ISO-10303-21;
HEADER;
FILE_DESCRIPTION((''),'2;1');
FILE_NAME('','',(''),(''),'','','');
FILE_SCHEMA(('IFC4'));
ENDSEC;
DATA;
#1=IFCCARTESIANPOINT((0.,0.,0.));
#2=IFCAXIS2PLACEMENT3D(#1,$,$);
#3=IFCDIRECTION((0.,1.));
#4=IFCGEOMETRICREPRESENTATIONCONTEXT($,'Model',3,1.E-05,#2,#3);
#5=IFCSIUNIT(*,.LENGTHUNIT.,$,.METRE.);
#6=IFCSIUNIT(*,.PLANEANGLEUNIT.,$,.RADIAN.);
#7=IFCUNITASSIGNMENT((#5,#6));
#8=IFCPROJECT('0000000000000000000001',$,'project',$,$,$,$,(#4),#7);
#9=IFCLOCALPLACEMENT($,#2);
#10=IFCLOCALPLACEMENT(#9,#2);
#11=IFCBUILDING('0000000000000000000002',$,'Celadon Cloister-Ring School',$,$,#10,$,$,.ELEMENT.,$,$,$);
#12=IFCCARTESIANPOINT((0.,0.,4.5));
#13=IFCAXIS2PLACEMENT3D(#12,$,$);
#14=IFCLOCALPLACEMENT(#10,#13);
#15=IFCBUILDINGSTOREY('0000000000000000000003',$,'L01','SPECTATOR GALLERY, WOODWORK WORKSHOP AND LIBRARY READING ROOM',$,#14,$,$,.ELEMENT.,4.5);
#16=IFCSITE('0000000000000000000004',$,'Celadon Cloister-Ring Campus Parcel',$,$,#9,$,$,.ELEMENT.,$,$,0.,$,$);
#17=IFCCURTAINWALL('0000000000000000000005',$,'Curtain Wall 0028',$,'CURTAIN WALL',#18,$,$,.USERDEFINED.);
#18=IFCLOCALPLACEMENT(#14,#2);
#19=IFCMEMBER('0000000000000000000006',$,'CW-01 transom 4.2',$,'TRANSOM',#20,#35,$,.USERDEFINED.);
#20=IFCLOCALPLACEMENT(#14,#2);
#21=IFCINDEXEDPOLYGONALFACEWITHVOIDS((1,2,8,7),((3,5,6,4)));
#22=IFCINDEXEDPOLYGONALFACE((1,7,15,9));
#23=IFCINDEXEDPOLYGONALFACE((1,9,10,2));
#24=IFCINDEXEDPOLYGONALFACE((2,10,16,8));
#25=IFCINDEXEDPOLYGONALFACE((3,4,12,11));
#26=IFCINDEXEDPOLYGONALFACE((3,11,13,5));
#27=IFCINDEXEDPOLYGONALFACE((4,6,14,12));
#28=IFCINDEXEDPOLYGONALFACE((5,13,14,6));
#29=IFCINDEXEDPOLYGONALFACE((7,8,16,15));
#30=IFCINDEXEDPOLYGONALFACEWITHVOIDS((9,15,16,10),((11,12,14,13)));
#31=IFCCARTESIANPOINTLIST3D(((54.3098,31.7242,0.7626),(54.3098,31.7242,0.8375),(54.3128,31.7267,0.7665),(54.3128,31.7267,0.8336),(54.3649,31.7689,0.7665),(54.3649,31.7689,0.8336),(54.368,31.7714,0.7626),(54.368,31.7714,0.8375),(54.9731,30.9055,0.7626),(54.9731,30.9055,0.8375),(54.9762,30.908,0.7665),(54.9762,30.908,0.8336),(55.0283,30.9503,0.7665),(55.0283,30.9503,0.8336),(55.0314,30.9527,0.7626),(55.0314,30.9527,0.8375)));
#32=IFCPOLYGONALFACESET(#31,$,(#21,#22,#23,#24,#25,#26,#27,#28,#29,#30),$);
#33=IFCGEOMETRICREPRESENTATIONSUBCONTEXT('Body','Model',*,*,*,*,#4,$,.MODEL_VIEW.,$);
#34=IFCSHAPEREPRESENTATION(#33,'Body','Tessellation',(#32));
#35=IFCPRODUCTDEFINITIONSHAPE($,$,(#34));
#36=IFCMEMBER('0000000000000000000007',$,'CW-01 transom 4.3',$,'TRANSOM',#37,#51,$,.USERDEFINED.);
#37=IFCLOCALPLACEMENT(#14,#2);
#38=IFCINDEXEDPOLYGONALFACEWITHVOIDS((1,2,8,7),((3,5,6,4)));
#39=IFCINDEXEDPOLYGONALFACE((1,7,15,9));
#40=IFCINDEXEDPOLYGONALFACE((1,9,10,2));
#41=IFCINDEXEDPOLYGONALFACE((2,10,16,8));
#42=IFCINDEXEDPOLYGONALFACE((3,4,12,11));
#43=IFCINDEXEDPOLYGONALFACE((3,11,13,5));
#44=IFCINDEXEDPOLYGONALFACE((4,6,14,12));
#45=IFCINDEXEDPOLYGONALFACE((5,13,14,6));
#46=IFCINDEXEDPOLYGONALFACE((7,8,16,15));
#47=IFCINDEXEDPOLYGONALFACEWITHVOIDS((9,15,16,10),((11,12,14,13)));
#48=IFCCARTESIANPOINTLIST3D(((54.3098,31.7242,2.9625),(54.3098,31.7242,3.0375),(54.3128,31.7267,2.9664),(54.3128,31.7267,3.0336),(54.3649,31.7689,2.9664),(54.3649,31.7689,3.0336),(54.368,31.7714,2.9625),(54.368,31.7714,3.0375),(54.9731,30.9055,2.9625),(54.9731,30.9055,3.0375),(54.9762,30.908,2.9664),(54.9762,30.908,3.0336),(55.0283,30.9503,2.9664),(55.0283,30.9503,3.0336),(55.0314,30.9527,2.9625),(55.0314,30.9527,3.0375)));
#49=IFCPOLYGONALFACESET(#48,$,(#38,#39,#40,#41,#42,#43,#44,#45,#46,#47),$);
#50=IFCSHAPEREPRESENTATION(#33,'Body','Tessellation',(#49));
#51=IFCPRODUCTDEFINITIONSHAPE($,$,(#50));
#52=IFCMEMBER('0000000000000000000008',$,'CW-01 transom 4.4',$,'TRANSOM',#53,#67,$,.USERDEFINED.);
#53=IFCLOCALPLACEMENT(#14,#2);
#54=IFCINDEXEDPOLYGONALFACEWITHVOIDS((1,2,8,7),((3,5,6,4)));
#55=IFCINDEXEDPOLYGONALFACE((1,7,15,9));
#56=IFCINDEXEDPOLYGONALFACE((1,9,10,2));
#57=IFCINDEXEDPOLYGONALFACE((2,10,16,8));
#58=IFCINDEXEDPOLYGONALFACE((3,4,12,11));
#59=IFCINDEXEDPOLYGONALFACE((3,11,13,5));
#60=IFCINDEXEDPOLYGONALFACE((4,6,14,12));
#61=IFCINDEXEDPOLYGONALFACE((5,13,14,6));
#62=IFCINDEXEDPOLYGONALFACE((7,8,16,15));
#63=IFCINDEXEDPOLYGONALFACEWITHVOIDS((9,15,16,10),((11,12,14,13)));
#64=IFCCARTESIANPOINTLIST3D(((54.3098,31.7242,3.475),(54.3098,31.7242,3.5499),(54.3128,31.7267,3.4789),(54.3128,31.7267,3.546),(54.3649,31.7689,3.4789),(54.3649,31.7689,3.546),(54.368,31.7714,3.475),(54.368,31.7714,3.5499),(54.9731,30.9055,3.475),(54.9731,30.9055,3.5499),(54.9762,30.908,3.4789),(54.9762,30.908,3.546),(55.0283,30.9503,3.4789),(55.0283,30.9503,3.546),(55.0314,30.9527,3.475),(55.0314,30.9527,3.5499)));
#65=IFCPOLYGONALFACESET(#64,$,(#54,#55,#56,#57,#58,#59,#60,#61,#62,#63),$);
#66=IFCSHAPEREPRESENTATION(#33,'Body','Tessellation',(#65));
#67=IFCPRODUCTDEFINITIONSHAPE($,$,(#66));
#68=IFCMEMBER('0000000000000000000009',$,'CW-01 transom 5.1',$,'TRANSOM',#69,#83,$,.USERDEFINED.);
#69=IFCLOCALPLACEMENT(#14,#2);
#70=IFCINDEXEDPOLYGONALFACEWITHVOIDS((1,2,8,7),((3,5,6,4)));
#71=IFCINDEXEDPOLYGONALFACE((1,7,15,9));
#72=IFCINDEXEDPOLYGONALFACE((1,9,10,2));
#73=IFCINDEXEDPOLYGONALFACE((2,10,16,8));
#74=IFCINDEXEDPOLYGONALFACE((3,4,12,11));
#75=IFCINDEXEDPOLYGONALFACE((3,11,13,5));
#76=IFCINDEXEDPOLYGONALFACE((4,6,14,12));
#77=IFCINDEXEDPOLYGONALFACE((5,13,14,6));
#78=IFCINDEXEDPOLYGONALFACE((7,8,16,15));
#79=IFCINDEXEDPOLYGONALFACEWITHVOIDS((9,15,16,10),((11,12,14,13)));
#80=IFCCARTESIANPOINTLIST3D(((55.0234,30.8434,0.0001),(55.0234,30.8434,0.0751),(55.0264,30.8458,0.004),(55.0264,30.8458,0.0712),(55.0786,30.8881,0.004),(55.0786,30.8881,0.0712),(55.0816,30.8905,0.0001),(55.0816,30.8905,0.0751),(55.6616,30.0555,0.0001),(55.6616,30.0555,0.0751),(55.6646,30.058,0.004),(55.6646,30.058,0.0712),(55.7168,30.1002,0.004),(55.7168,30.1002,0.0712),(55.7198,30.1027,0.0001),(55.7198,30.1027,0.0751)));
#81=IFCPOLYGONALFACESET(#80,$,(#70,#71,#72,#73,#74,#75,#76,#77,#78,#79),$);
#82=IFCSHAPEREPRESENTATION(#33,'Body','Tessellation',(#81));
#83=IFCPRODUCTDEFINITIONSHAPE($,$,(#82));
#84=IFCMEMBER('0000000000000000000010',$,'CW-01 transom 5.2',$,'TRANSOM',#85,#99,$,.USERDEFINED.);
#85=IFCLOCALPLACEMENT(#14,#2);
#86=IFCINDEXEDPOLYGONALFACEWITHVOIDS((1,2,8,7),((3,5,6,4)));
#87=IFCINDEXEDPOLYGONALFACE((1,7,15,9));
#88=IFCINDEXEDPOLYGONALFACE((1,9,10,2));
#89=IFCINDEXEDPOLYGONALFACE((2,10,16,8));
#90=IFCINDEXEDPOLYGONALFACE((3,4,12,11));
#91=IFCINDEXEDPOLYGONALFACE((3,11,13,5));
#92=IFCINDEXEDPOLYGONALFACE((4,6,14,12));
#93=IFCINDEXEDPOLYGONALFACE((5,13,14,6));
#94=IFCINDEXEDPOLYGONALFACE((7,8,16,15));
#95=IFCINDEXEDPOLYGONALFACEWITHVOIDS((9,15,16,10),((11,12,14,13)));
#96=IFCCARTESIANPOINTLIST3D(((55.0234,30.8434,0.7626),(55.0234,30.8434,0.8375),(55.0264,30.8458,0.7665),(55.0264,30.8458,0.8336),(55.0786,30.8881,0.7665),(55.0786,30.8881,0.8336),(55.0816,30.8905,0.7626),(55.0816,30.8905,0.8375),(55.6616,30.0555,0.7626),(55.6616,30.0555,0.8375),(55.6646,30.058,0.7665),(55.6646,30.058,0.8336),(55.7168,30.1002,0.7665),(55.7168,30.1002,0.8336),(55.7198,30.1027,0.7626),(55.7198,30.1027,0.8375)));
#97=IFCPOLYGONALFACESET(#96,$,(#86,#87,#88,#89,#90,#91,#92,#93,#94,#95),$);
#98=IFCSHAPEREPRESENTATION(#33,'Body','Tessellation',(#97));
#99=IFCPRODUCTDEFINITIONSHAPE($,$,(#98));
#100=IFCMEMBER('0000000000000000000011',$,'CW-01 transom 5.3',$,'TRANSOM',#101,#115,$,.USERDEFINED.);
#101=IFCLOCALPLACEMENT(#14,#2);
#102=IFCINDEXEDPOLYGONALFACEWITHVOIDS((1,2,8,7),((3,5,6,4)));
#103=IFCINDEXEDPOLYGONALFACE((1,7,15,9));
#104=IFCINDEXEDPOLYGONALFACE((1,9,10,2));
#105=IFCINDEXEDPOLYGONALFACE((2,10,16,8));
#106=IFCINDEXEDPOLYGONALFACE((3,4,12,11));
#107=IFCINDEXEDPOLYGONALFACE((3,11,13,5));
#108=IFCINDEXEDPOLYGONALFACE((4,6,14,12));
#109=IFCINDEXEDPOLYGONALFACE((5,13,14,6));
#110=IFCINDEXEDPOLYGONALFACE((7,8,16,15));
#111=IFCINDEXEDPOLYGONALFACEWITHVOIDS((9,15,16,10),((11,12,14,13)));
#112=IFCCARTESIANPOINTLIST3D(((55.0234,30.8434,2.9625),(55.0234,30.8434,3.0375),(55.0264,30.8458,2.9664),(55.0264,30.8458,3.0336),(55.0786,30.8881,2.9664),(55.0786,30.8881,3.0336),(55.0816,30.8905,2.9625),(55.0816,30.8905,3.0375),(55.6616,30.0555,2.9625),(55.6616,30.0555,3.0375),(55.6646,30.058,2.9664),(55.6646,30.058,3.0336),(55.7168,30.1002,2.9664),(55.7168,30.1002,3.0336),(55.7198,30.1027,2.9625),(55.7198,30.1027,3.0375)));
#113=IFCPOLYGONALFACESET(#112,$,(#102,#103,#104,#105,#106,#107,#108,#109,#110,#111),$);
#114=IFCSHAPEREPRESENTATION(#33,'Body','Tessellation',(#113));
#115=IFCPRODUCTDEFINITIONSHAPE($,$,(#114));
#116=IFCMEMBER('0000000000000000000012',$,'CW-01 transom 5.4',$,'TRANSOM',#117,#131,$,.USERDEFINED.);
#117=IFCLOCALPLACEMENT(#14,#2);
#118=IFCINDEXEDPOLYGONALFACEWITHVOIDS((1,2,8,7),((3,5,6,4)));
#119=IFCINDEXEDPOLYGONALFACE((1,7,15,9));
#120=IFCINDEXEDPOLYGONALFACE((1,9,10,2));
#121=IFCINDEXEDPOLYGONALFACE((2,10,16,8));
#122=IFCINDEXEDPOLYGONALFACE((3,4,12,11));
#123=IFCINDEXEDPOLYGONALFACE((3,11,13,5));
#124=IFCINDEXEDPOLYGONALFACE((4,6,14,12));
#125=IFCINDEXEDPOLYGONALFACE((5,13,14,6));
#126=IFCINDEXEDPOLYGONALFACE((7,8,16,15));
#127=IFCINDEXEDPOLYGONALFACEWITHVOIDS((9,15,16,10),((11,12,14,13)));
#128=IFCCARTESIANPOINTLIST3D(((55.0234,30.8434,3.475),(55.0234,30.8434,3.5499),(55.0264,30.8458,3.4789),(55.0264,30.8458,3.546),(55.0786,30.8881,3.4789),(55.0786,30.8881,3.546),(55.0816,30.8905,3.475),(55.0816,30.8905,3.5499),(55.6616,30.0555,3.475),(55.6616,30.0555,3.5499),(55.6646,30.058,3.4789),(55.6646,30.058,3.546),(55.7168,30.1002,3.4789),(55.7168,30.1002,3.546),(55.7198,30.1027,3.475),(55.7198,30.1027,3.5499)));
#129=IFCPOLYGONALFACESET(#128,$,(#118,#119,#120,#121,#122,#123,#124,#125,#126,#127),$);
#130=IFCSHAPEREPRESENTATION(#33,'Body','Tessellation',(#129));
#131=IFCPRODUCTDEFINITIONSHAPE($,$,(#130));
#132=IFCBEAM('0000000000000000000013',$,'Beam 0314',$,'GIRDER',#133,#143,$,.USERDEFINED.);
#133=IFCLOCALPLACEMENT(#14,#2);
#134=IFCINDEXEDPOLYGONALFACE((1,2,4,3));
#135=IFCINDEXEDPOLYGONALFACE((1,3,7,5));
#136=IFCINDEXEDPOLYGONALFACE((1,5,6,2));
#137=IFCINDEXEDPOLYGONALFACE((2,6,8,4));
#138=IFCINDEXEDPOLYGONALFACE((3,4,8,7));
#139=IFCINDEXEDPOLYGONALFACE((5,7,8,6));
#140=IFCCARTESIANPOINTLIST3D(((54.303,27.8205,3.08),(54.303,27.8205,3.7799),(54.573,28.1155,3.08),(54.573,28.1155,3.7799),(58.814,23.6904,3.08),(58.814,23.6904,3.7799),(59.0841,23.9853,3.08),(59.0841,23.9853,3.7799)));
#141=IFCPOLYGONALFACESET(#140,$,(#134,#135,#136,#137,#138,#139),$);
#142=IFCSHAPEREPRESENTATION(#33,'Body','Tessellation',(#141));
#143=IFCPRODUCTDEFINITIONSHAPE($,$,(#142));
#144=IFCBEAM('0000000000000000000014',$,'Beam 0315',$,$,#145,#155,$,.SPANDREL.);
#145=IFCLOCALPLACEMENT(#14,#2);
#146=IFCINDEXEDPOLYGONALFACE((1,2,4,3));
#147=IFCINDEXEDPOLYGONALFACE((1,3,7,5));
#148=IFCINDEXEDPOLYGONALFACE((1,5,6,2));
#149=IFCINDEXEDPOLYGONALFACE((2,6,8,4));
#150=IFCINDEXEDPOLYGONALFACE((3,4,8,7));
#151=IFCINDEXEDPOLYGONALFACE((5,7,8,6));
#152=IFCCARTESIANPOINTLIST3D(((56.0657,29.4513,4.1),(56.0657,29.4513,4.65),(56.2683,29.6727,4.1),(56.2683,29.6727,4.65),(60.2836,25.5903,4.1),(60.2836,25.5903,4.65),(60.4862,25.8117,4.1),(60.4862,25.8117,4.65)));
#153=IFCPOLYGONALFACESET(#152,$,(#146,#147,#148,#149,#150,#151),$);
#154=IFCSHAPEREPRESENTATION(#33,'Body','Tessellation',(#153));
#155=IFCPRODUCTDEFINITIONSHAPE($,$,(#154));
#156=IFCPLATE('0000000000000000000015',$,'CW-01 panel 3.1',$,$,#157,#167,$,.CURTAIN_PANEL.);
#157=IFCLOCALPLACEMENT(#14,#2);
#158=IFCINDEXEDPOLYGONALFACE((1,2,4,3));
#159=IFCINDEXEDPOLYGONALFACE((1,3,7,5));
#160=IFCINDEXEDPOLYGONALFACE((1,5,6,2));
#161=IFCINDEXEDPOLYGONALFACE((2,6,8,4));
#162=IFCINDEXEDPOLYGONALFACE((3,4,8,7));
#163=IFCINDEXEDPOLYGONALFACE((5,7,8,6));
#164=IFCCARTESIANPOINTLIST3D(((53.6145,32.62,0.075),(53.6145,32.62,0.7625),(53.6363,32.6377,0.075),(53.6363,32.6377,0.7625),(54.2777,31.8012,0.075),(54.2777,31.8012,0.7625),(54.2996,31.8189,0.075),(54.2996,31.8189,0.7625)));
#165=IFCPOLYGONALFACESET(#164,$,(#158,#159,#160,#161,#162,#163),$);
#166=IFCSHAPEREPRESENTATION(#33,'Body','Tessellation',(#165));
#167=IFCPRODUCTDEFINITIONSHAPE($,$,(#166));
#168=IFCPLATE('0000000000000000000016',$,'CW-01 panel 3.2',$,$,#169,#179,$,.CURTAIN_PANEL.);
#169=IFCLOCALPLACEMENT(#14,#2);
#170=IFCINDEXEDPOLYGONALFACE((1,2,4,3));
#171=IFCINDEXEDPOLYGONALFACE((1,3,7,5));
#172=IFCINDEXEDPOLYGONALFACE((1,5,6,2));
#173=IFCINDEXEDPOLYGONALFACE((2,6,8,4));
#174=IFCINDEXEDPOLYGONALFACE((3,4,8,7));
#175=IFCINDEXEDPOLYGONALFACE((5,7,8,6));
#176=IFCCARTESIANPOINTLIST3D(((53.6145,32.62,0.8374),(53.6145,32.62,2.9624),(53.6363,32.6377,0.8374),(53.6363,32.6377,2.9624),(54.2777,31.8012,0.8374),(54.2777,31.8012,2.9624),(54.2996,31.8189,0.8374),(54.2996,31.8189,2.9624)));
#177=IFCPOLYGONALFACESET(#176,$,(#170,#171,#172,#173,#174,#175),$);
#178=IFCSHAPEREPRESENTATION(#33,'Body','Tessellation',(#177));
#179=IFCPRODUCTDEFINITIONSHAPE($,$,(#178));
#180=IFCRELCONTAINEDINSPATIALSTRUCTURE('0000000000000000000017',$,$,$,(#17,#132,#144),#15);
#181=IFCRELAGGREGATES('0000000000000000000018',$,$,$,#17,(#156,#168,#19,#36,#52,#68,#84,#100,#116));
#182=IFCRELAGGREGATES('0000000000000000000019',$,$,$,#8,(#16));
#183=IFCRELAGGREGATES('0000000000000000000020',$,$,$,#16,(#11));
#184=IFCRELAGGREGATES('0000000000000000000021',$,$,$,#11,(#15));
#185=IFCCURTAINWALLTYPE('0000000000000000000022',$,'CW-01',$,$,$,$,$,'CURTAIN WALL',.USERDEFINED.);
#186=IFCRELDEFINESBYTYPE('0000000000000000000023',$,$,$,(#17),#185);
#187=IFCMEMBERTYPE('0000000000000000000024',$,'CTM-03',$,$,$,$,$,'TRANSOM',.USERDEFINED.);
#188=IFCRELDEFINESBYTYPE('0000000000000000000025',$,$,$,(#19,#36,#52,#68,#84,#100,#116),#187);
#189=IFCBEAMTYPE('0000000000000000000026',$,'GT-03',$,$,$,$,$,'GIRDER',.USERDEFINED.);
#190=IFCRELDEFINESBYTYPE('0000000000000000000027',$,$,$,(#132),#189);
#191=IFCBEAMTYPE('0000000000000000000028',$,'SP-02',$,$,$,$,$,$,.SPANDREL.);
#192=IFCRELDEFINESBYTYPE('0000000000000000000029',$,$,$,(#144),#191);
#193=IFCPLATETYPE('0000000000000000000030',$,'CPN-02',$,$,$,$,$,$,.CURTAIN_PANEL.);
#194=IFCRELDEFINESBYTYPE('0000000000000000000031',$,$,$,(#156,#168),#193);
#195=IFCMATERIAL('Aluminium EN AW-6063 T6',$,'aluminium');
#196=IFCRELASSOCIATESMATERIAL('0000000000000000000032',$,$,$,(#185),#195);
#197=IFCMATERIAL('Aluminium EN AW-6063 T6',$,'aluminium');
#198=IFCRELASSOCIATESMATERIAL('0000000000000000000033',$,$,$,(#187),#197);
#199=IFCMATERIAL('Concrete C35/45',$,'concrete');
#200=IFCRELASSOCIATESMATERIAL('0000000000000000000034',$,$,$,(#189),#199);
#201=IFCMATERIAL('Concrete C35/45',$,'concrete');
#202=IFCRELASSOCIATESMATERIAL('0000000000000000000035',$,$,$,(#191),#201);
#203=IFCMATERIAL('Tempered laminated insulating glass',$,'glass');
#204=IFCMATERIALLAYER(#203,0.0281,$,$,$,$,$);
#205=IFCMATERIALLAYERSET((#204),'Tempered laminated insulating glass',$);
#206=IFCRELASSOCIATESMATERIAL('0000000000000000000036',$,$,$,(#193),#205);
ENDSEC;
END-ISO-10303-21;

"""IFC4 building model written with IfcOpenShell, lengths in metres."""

from ifc_helpers import new_model, si_unit, direction, frame, origin, origin_2d, place, context, subcontext, project, spatial, rectangle, hollow_rectangle, extrude, material, layer, layer_set, material_profile, profile_set, type_object, element, aggregate, save


model = new_model("IFC4")

# Units and contexts
model_context = context("Model", 3, precision=1e-05, world=origin(), true_north=direction((0.0, 1.0)))
body_context = subcontext(model_context, "Body", "Model", "MODEL_VIEW")
ifc_project = project(units=[si_unit("LENGTHUNIT", "METRE"), si_unit("PLANEANGLEUNIT", "RADIAN")], contexts=[model_context])

# Site, building, storey
site_placement = place(None, origin())
site = spatial("IfcSite", under=ifc_project, at=site_placement, Name="Celadon Cloister-Ring Campus Parcel", CompositionType="ELEMENT", RefElevation=0.0)
building_placement = place(site_placement, origin())
building = spatial("IfcBuilding", under=site, at=building_placement, Name="Celadon Cloister-Ring School", CompositionType="ELEMENT")
storey_placement = place(building_placement, frame((0.0, 0.0, 4.5)))
storey = spatial("IfcBuildingStorey", under=building, at=storey_placement, Name="L01", Description="SPECTATOR GALLERY, WOODWORK WORKSHOP AND LIBRARY READING ROOM", CompositionType="ELEMENT", Elevation=4.5)

# Curtain wall, members
ifc_material_1 = material(Name="Aluminium EN AW-6063 T6", Category="aluminium")
curtain_wall_type = type_object("IfcCurtainWallType", Name="CW-01", ElementType="CURTAIN WALL", PredefinedType="USERDEFINED", material=ifc_material_1)
curtain_wall_placement = place(storey_placement, origin())
curtain_wall = element("IfcCurtainWall", 1, at=curtain_wall_placement, inside=storey, type_object=curtain_wall_type, Name="Curtain Wall 0028", ObjectType="CURTAIN WALL", PredefinedType="USERDEFINED")
ifc_material_2 = material(Name="Aluminium EN AW-6063 T6", Category="aluminium")
ifc_material_profile_1 = material_profile(ifc_material_2, hollow_rectangle(XDim=0.075, YDim=0.075, WallThickness=0.0039, at=origin_2d()), Name="RHS75X75X4")
ifc_profile_set_1 = profile_set([ifc_material_profile_1], Name="Aluminium EN AW-6063 T6")
member_type_1 = type_object("IfcMemberType", Name="CTM-03", ElementType="TRANSOM", PredefinedType="USERDEFINED", material=ifc_profile_set_1)
member_1_placement = place(storey_placement, frame((54.3389, 31.7478, 0.8), z_axis=(0.629571, -0.776943, 0.0), x_axis=(0.776943, 0.629571, 0.0)))
member_1 = element("IfcMember", 2, at=member_1_placement, type_object=member_type_1, Name="CW-01 transom 4.2", ObjectType="TRANSOM", PredefinedType="USERDEFINED", context=body_context, shape_type="SweptSolid", body=[
    extrude(hollow_rectangle(XDim=0.075, YDim=0.075, WallThickness=0.0039, at=origin_2d()), origin(), (0.0, 0.0, 1.0), 1.0537),
])
member_2_placement = place(storey_placement, frame((54.3389, 31.7478, 3.0), z_axis=(0.629571, -0.776943, 0.0), x_axis=(0.776943, 0.629571, 0.0)))
member_2 = element("IfcMember", 3, at=member_2_placement, type_object=member_type_1, Name="CW-01 transom 4.3", ObjectType="TRANSOM", PredefinedType="USERDEFINED", context=body_context, shape_type="SweptSolid", body=[
    extrude(hollow_rectangle(XDim=0.075, YDim=0.075, WallThickness=0.0039, at=origin_2d()), origin(), (0.0, 0.0, 1.0), 1.0537),
])
member_3_placement = place(storey_placement, frame((54.3389, 31.7478, 3.5125), z_axis=(0.629571, -0.776943, 0.0), x_axis=(0.776943, 0.629571, 0.0)))
member_3 = element("IfcMember", 4, at=member_3_placement, type_object=member_type_1, Name="CW-01 transom 4.4", ObjectType="TRANSOM", PredefinedType="USERDEFINED", context=body_context, shape_type="SweptSolid", body=[
    extrude(hollow_rectangle(XDim=0.075, YDim=0.075, WallThickness=0.0039, at=origin_2d()), origin(), (0.0, 0.0, 1.0), 1.0537),
])
member_4_placement = place(storey_placement, frame((55.0525, 30.8669, 0.0376), z_axis=(0.629441, -0.777049, 0.0), x_axis=(0.777049, 0.629441, 0.0)))
member_4 = element("IfcMember", 5, at=member_4_placement, type_object=member_type_1, Name="CW-01 transom 5.1", ObjectType="TRANSOM", PredefinedType="USERDEFINED", context=body_context, shape_type="SweptSolid", body=[
    extrude(hollow_rectangle(XDim=0.075, YDim=0.075, WallThickness=0.0039, at=origin_2d()), origin(), (0.0, 0.0, 1.0), 1.0139),
])
member_5_placement = place(storey_placement, frame((55.0525, 30.8669, 0.8), z_axis=(0.629441, -0.777049, 0.0), x_axis=(0.777049, 0.629441, 0.0)))
member_5 = element("IfcMember", 6, at=member_5_placement, type_object=member_type_1, Name="CW-01 transom 5.2", ObjectType="TRANSOM", PredefinedType="USERDEFINED", context=body_context, shape_type="SweptSolid", body=[
    extrude(hollow_rectangle(XDim=0.075, YDim=0.075, WallThickness=0.0039, at=origin_2d()), origin(), (0.0, 0.0, 1.0), 1.0139),
])
member_6_placement = place(storey_placement, frame((55.0525, 30.8669, 3.0), z_axis=(0.629441, -0.777049, 0.0), x_axis=(0.777049, 0.629441, 0.0)))
member_6 = element("IfcMember", 7, at=member_6_placement, type_object=member_type_1, Name="CW-01 transom 5.3", ObjectType="TRANSOM", PredefinedType="USERDEFINED", context=body_context, shape_type="SweptSolid", body=[
    extrude(hollow_rectangle(XDim=0.075, YDim=0.075, WallThickness=0.0039, at=origin_2d()), origin(), (0.0, 0.0, 1.0), 1.0139),
])
member_7_placement = place(storey_placement, frame((55.0525, 30.8669, 3.5125), z_axis=(0.629441, -0.777049, 0.0), x_axis=(0.777049, 0.629441, 0.0)))
member_7 = element("IfcMember", 8, at=member_7_placement, type_object=member_type_1, Name="CW-01 transom 5.4", ObjectType="TRANSOM", PredefinedType="USERDEFINED", context=body_context, shape_type="SweptSolid", body=[
    extrude(hollow_rectangle(XDim=0.075, YDim=0.075, WallThickness=0.0039, at=origin_2d()), origin(), (0.0, 0.0, 1.0), 1.0139),
])

# Beams
ifc_material_3 = material(Name="Concrete C35/45", Category="concrete")
ifc_material_profile_2 = material_profile(ifc_material_3, rectangle(XDim=0.3999, YDim=0.7, at=origin_2d()), Name="RC400X700")
ifc_profile_set_2 = profile_set([ifc_material_profile_2], Name="Concrete C35/45")
beam_type_1 = type_object("IfcBeamType", Name="GT-03", ElementType="GIRDER", PredefinedType="USERDEFINED", material=ifc_profile_set_2)
beam_1_placement = place(storey_placement, frame((54.438, 27.968, 3.4299), z_axis=(0.737557, -0.675285, 0.0), x_axis=(0.675285, 0.737557, 0.0)))
element("IfcBeam", 9, at=beam_1_placement, inside=storey, type_object=beam_type_1, Name="Beam 0314", ObjectType="GIRDER", PredefinedType="USERDEFINED", context=body_context, shape_type="SweptSolid", body=[
    extrude(rectangle(XDim=0.3999, YDim=0.7, at=origin_2d()), origin(), (0.0, 0.0, 1.0), 6.1162),
])
ifc_material_4 = material(Name="Concrete C35/45", Category="concrete")
ifc_material_profile_3 = material_profile(ifc_material_4, rectangle(XDim=0.3, YDim=0.55, at=origin_2d()), Name="RC300X550")
ifc_profile_set_3 = profile_set([ifc_material_profile_3], Name="Concrete C35/45")
beam_type_2 = type_object("IfcBeamType", Name="SP-02", PredefinedType="SPANDREL", material=ifc_profile_set_3)
beam_2_placement = place(storey_placement, frame((56.167, 29.562, 4.375), z_axis=(0.737627, -0.675208, 0.0), x_axis=(0.675208, 0.737627, 0.0)))
element("IfcBeam", 10, at=beam_2_placement, inside=storey, type_object=beam_type_2, Name="Beam 0315", PredefinedType="SPANDREL", context=body_context, shape_type="SweptSolid", body=[
    extrude(rectangle(XDim=0.3, YDim=0.55, at=origin_2d()), origin(), (0.0, 0.0, 1.0), 5.7183),
])

# Plates
ifc_material_5 = material(Name="Tempered laminated insulating glass", Category="glass")
ifc_layer_1 = layer(ifc_material_5, 0.0281)
ifc_layer_set_1 = layer_set([ifc_layer_1], Name="Tempered laminated insulating glass")
plate_type = type_object("IfcPlateType", Name="CPN-02", PredefinedType="CURTAIN_PANEL", material=ifc_layer_set_1)
plate_1_placement = place(storey_placement, frame((53.957, 32.2195, 0.075), z_axis=(0.0, 0.0, 1.0), x_axis=(0.629416, -0.777068, 0.0)))
plate_1 = element("IfcPlate", 11, at=plate_1_placement, type_object=plate_type, Name="CW-01 panel 3.1", PredefinedType="CURTAIN_PANEL", context=body_context, shape_type="SweptSolid", body=[
    extrude(rectangle(XDim=1.0537, YDim=0.0281, at=origin_2d()), origin(), (0.0, 0.0, 1.0), 0.6875),
])
plate_2_placement = place(storey_placement, frame((53.957, 32.2195, 0.8374), z_axis=(0.0, 0.0, 1.0), x_axis=(0.629416, -0.777068, 0.0)))
plate_2 = element("IfcPlate", 12, at=plate_2_placement, type_object=plate_type, Name="CW-01 panel 3.2", PredefinedType="CURTAIN_PANEL", context=body_context, shape_type="SweptSolid", body=[
    extrude(rectangle(XDim=1.0537, YDim=0.0281, at=origin_2d()), origin(), (0.0, 0.0, 1.0), 2.125),
])
aggregate(curtain_wall, [plate_1, plate_2, member_1, member_2, member_3, member_4, member_5, member_6, member_7])

save(model, "model.ifc")
